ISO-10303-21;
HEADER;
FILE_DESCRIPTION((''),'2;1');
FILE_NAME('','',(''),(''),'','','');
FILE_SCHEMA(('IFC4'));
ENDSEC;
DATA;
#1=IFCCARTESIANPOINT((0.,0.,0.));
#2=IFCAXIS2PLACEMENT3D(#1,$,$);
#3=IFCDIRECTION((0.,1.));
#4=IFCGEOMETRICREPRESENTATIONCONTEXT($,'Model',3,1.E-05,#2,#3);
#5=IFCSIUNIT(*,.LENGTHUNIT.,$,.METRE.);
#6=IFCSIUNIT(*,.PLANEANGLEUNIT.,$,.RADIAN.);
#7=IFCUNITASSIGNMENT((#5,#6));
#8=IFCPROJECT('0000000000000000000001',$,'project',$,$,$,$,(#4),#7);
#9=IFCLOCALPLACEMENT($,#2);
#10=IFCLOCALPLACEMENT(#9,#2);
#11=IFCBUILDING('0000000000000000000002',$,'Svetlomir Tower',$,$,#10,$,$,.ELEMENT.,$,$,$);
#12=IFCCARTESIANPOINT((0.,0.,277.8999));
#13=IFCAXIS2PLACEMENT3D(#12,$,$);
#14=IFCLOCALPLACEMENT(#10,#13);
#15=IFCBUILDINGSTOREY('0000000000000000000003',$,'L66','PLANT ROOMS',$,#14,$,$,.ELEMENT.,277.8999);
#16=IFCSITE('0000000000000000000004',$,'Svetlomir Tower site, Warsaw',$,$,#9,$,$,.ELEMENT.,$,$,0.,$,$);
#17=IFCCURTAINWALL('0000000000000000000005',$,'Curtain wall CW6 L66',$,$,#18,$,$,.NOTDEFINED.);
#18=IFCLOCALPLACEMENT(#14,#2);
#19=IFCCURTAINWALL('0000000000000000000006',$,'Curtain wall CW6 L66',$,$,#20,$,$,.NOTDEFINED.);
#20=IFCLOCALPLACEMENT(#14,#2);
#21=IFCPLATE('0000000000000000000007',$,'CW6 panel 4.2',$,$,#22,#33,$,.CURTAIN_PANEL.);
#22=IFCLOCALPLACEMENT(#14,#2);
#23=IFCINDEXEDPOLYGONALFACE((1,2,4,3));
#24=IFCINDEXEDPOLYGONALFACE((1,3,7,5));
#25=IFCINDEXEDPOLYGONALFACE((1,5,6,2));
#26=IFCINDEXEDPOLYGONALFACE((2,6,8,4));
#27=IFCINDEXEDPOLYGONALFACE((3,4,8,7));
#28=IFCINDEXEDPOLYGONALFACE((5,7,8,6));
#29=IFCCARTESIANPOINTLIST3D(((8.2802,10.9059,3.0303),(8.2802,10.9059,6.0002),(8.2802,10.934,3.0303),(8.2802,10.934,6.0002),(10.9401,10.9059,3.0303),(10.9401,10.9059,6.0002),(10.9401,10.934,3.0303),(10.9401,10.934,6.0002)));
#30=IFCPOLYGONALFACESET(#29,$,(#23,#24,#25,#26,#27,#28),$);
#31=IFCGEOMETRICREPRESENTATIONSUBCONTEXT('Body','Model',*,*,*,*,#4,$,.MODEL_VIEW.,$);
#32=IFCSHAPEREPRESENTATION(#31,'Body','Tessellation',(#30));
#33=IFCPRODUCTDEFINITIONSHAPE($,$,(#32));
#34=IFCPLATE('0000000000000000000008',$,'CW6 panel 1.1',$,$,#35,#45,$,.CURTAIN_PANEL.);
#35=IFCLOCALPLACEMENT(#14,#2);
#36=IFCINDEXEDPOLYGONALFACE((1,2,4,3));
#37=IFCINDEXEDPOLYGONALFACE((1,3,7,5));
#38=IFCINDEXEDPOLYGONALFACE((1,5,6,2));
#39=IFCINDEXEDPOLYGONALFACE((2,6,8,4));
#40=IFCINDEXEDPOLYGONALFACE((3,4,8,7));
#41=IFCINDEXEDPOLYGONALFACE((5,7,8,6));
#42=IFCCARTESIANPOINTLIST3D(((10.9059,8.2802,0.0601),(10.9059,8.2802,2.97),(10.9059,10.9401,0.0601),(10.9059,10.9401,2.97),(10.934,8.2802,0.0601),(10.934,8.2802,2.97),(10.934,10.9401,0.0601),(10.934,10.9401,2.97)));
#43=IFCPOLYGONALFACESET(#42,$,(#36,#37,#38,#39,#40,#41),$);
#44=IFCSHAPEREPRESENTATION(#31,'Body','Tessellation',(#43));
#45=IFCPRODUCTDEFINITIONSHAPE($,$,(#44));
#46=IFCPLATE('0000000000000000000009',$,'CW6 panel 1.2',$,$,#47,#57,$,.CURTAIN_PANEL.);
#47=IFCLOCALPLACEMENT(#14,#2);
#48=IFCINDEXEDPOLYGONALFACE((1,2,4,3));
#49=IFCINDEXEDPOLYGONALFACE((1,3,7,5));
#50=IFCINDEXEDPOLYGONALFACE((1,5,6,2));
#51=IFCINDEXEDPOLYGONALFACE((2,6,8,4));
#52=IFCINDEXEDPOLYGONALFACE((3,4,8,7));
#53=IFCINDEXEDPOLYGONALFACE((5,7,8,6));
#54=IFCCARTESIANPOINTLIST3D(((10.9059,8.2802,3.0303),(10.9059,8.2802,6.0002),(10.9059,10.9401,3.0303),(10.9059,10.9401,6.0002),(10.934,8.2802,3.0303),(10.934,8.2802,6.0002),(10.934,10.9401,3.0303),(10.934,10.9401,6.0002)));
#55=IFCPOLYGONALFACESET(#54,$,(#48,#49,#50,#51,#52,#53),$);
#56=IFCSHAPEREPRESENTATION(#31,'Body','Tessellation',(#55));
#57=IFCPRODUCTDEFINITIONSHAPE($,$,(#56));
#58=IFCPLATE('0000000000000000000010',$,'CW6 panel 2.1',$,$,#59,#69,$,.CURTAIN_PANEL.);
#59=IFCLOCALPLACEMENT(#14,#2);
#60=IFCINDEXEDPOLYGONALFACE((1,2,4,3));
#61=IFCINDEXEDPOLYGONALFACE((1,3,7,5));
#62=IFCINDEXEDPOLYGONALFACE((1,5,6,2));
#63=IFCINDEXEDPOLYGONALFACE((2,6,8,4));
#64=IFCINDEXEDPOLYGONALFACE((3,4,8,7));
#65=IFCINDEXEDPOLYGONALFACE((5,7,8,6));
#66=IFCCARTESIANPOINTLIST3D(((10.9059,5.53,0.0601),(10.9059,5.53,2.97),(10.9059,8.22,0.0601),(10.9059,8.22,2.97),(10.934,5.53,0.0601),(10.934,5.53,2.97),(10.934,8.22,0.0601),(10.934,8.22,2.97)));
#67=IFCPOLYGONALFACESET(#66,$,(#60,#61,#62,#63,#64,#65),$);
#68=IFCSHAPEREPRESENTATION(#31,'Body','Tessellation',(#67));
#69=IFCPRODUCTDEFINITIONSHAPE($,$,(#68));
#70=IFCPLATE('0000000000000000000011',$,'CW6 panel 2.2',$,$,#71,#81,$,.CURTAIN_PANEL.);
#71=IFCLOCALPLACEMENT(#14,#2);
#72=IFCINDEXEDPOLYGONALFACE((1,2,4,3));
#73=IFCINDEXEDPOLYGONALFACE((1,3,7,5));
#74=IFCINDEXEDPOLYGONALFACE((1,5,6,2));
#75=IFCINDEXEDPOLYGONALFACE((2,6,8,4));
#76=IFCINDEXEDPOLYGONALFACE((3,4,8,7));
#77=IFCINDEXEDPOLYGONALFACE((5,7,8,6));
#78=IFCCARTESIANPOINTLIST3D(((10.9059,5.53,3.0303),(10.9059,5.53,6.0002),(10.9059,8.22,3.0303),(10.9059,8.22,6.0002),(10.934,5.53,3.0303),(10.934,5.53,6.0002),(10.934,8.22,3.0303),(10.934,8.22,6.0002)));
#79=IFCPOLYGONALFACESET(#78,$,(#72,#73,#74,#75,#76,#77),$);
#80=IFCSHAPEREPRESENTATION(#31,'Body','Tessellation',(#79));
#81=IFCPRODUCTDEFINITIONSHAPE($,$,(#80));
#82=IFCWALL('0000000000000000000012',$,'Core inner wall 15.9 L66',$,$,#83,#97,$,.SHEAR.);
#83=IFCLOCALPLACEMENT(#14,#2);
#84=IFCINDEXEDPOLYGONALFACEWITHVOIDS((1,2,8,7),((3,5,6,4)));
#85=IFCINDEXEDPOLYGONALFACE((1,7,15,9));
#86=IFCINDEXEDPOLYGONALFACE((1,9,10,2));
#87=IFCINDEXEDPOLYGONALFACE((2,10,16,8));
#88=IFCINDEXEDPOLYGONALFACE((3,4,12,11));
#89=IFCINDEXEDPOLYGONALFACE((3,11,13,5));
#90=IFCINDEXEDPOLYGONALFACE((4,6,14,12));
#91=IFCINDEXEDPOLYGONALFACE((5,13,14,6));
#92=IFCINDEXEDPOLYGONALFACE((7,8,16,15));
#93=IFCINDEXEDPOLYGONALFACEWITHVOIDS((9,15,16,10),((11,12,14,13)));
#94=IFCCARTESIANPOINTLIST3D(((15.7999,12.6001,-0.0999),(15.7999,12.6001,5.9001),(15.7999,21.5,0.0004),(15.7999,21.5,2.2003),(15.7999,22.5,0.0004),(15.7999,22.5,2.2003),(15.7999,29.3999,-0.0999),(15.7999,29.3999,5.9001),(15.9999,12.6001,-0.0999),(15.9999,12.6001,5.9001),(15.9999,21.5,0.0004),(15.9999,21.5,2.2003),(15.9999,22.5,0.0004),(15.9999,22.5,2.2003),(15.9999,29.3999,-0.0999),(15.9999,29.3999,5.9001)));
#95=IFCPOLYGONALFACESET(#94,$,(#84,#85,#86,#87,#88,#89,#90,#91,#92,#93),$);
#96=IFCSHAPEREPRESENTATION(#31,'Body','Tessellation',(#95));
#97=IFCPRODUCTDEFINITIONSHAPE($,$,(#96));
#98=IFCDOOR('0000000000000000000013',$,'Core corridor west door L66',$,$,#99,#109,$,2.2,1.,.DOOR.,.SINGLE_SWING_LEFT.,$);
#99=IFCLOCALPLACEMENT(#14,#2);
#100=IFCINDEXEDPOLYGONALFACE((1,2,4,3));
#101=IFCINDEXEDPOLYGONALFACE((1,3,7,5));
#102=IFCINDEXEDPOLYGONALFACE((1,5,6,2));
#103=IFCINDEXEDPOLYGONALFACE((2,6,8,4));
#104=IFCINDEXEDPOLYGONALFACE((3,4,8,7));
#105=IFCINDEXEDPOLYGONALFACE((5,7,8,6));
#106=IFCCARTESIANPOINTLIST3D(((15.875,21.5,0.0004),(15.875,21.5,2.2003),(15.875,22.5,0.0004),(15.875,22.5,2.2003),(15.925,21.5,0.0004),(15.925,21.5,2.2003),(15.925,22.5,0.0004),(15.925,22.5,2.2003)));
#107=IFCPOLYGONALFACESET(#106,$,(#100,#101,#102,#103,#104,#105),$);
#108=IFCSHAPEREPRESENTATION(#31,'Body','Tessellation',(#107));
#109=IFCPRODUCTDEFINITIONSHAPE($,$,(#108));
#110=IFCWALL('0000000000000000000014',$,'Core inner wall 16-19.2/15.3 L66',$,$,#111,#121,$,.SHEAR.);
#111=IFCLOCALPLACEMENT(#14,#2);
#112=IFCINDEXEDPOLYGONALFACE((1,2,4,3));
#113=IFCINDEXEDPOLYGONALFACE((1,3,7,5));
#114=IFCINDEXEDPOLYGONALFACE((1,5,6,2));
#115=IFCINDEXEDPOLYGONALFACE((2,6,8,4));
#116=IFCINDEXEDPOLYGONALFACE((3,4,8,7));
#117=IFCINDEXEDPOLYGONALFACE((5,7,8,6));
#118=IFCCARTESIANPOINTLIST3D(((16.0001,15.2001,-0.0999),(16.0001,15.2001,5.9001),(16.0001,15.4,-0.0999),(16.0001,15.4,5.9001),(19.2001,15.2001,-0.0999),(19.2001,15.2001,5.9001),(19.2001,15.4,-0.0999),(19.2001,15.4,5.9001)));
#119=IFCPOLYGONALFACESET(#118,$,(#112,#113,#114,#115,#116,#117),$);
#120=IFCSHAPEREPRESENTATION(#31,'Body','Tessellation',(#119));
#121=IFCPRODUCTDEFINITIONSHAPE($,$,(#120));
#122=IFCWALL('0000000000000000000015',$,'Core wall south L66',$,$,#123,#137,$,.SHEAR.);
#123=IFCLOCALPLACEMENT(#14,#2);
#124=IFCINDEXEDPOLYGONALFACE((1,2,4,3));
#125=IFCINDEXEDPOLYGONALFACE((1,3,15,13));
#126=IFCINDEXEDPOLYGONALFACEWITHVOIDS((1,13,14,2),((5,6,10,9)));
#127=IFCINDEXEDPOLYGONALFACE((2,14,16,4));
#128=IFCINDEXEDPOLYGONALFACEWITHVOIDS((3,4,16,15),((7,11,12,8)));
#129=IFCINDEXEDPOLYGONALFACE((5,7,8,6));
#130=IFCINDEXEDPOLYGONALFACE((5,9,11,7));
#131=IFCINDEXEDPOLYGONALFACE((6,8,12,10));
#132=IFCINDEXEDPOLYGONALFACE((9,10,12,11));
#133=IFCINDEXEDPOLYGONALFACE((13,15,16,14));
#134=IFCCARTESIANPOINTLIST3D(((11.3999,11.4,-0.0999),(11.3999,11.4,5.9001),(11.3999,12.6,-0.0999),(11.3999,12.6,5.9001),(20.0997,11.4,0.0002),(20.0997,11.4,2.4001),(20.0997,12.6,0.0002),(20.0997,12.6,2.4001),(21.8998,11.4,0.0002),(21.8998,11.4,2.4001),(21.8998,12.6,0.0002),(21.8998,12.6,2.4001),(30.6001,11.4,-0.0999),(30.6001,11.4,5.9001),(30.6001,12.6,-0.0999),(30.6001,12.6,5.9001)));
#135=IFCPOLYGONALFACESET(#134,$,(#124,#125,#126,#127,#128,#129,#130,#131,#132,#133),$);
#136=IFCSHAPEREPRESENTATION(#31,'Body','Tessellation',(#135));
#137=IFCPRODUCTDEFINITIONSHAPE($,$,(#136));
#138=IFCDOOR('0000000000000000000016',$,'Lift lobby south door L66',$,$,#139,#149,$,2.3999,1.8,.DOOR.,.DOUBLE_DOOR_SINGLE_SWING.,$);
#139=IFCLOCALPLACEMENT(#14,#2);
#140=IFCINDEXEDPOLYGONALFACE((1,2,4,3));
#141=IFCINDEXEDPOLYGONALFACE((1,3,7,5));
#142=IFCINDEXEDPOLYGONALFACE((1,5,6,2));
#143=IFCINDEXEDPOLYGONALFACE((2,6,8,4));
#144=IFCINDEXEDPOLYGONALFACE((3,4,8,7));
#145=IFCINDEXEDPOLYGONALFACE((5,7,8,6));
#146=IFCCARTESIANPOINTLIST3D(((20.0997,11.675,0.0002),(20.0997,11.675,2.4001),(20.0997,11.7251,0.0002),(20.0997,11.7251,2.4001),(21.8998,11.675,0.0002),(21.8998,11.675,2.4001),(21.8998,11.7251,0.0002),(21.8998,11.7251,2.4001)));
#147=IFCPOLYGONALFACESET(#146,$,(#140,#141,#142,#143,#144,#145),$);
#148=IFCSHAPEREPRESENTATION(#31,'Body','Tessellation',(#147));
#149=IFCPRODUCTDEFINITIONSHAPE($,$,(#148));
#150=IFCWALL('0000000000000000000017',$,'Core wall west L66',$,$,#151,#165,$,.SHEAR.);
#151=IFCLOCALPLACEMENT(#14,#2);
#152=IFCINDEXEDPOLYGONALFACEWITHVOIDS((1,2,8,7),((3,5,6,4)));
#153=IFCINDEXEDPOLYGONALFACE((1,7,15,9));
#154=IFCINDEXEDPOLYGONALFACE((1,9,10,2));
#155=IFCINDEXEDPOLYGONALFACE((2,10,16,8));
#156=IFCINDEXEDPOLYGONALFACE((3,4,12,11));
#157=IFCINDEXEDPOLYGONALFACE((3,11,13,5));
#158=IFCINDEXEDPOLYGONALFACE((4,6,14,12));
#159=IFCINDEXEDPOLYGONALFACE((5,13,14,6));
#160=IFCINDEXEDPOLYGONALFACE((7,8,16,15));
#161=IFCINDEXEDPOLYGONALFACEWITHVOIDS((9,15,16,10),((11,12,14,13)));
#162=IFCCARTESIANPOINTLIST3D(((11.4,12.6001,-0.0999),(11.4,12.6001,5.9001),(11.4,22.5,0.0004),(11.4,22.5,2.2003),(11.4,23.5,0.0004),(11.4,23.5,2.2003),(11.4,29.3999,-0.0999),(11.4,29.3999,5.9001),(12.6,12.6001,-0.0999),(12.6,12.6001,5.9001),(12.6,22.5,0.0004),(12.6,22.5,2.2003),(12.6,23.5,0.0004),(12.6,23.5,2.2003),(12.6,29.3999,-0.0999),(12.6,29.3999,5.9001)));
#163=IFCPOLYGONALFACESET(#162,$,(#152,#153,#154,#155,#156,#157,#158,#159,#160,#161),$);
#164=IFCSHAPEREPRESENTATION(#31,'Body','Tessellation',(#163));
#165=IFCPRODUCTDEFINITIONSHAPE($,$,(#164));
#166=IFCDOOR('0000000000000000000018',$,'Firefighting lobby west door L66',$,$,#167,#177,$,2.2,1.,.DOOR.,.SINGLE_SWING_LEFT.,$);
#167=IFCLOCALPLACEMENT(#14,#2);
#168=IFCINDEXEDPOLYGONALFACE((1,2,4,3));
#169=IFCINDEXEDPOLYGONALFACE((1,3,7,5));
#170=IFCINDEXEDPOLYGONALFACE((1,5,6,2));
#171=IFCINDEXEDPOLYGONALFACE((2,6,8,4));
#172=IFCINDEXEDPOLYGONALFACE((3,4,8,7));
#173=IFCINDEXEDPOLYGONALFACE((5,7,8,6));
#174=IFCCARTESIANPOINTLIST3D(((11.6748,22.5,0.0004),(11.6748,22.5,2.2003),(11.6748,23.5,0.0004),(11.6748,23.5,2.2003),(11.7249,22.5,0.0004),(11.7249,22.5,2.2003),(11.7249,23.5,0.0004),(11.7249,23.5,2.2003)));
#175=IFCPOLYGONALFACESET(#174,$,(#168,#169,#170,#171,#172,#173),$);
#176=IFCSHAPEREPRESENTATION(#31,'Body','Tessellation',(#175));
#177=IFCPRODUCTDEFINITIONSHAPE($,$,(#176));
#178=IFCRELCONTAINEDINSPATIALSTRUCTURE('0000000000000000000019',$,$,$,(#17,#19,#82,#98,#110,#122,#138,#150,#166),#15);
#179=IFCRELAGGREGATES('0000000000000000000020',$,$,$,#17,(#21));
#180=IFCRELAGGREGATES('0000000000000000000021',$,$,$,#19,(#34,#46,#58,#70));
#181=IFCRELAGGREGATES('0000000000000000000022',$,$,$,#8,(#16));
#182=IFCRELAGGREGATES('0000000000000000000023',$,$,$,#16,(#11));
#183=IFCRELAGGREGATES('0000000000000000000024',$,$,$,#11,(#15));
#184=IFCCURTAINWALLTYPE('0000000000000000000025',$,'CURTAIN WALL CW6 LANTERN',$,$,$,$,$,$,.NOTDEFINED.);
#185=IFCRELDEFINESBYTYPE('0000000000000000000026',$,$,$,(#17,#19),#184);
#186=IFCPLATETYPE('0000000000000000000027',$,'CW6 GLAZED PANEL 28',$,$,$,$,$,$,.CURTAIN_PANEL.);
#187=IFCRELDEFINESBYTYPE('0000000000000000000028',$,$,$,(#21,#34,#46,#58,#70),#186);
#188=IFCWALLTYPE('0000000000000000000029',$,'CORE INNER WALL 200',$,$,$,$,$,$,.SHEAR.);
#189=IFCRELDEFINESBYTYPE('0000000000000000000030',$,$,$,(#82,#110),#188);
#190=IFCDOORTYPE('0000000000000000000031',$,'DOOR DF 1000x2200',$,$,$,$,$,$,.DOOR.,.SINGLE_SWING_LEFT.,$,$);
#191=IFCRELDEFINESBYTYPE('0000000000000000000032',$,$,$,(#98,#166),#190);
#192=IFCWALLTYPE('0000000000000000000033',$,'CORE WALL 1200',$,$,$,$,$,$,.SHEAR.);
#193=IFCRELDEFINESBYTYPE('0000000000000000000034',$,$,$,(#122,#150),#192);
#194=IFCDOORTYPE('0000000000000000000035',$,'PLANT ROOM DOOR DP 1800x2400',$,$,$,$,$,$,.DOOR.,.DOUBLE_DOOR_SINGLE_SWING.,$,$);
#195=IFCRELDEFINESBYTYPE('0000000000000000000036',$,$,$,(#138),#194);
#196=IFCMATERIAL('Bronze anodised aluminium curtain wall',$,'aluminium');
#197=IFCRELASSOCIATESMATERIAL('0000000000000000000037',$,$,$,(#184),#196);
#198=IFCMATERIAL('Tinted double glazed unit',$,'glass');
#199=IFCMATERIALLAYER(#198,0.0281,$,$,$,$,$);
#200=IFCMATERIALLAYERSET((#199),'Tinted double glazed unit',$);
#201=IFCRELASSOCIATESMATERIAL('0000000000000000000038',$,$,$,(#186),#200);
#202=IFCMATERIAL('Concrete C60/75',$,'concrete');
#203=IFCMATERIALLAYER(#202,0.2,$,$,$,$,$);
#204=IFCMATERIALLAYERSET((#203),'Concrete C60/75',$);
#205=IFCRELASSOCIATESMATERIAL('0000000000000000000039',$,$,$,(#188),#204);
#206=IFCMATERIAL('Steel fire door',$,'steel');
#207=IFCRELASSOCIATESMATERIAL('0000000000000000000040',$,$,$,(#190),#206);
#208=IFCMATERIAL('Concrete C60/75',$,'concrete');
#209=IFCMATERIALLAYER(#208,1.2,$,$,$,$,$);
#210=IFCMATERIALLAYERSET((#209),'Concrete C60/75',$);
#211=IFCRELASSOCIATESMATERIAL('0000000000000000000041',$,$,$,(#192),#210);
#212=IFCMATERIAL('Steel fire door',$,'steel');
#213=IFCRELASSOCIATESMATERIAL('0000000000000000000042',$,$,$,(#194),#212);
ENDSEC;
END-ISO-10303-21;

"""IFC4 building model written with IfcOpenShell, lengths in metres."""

from ifc_helpers import new_model, si_unit, direction, frame, frame_2d, origin, origin_2d, place, context, subcontext, project, spatial, rectangle, extrude, material, layer, layer_set, type_object, element, fill, aggregate, save


model = new_model("IFC4")

# Units and contexts
model_context = context("Model", 3, precision=1e-05, world=origin(), true_north=direction((0.0, 1.0)))
body_context = subcontext(model_context, "Body", "Model", "MODEL_VIEW")
ifc_project = project(units=[si_unit("LENGTHUNIT", "METRE"), si_unit("PLANEANGLEUNIT", "RADIAN")], contexts=[model_context])

# Site, building, storey
site_placement = place(None, origin())
site = spatial("IfcSite", under=ifc_project, at=site_placement, Name="Svetlomir Tower site, Warsaw", CompositionType="ELEMENT", RefElevation=0.0)
building_placement = place(site_placement, origin())
building = spatial("IfcBuilding", under=site, at=building_placement, Name="Svetlomir Tower", CompositionType="ELEMENT")
storey_placement = place(building_placement, frame((0.0, 0.0, 277.8999)))
storey = spatial("IfcBuildingStorey", under=building, at=storey_placement, Name="L66", Description="PLANT ROOMS", CompositionType="ELEMENT", Elevation=277.8999)

# Curtain walls
ifc_material_1 = material(Name="Bronze anodised aluminium curtain wall", Category="aluminium")
curtain_wall_type = type_object("IfcCurtainWallType", Name="CURTAIN WALL CW6 LANTERN", PredefinedType="NOTDEFINED", material=ifc_material_1)
curtain_wall_1_placement = place(storey_placement, origin())
curtain_wall_1 = element("IfcCurtainWall", 1, at=curtain_wall_1_placement, inside=storey, type_object=curtain_wall_type, Name="Curtain wall CW6 L66", PredefinedType="NOTDEFINED")
curtain_wall_2_placement = place(storey_placement, origin())
curtain_wall_2 = element("IfcCurtainWall", 2, at=curtain_wall_2_placement, inside=storey, type_object=curtain_wall_type, Name="Curtain wall CW6 L66", PredefinedType="NOTDEFINED")

# Plates
ifc_material_2 = material(Name="Tinted double glazed unit", Category="glass")
ifc_layer_1 = layer(ifc_material_2, 0.0281)
ifc_layer_set_1 = layer_set([ifc_layer_1], Name="Tinted double glazed unit")
plate_type = type_object("IfcPlateType", Name="CW6 GLAZED PANEL 28", PredefinedType="CURTAIN_PANEL", material=ifc_layer_set_1)
plate_1_placement = place(storey_placement, frame((9.6101, 10.9199, 3.0303), z_axis=(0.0, 0.0, 1.0), x_axis=(1.0, 0.0, 0.0)))
plate_1 = element("IfcPlate", 3, at=plate_1_placement, type_object=plate_type, Name="CW6 panel 4.2", PredefinedType="CURTAIN_PANEL", context=body_context, shape_type="SweptSolid", body=[
    extrude(rectangle(XDim=2.6599, YDim=0.0281, at=origin_2d()), origin(), (0.0, 0.0, 1.0), 2.97),
])
aggregate(curtain_wall_1, [plate_1])
plate_2_placement = place(storey_placement, frame((10.9199, 9.6101, 0.0601), z_axis=(0.0, 0.0, 1.0), x_axis=(0.0, -1.0, 0.0)))
plate_2 = element("IfcPlate", 4, at=plate_2_placement, type_object=plate_type, Name="CW6 panel 1.1", PredefinedType="CURTAIN_PANEL", context=body_context, shape_type="SweptSolid", body=[
    extrude(rectangle(XDim=2.6599, YDim=0.0281, at=origin_2d()), origin(), (0.0, 0.0, 1.0), 2.9099),
])
plate_3_placement = place(storey_placement, frame((10.9199, 9.6101, 3.0303), z_axis=(0.0, 0.0, 1.0), x_axis=(0.0, -1.0, 0.0)))
plate_3 = element("IfcPlate", 5, at=plate_3_placement, type_object=plate_type, Name="CW6 panel 1.2", PredefinedType="CURTAIN_PANEL", context=body_context, shape_type="SweptSolid", body=[
    extrude(rectangle(XDim=2.6599, YDim=0.0281, at=origin_2d()), origin(), (0.0, 0.0, 1.0), 2.97),
])
plate_4_placement = place(storey_placement, frame((10.9199, 6.875, 0.0601), z_axis=(0.0, 0.0, 1.0), x_axis=(0.0, -1.0, 0.0)))
plate_4 = element("IfcPlate", 6, at=plate_4_placement, type_object=plate_type, Name="CW6 panel 2.1", PredefinedType="CURTAIN_PANEL", context=body_context, shape_type="SweptSolid", body=[
    extrude(rectangle(XDim=2.6899, YDim=0.0281, at=origin_2d()), origin(), (0.0, 0.0, 1.0), 2.9099),
])
plate_5_placement = place(storey_placement, frame((10.9199, 6.875, 3.0303), z_axis=(0.0, 0.0, 1.0), x_axis=(0.0, -1.0, 0.0)))
plate_5 = element("IfcPlate", 7, at=plate_5_placement, type_object=plate_type, Name="CW6 panel 2.2", PredefinedType="CURTAIN_PANEL", context=body_context, shape_type="SweptSolid", body=[
    extrude(rectangle(XDim=2.6899, YDim=0.0281, at=origin_2d()), origin(), (0.0, 0.0, 1.0), 2.97),
])
aggregate(curtain_wall_2, [plate_2, plate_3, plate_4, plate_5])

# Wall, opening, door
ifc_material_3 = material(Name="Concrete C60/75", Category="concrete")
ifc_layer_2 = layer(ifc_material_3, 0.2)
ifc_layer_set_2 = layer_set([ifc_layer_2], Name="Concrete C60/75")
wall_type_1 = type_object("IfcWallType", Name="CORE INNER WALL 200", PredefinedType="SHEAR", material=ifc_layer_set_2)
wall_1_placement = place(storey_placement, frame((15.8999, 12.6001, -0.0999), z_axis=(0.0, 0.0, 1.0), x_axis=(0.0, 1.0, 0.0)))
wall_1 = element("IfcWall", 8, at=wall_1_placement, inside=storey, type_object=wall_type_1, Name="Core inner wall 15.9 L66", PredefinedType="SHEAR", context=body_context, shape_type="SweptSolid", body=[
    extrude(rectangle(XDim=16.7998, YDim=0.2, at=frame_2d((8.3999, 0.0))), origin(), (0.0, 0.0, 1.0), 6.0),
])
opening_1_placement = place(wall_1_placement, frame((8.8999, 0.0, 0.1001)))
opening_1 = element("IfcOpeningElement", 9, at=opening_1_placement, cuts=wall_1, PredefinedType="OPENING", context=body_context, shape_type="SweptSolid", body=[
    extrude(rectangle(XDim=1.0, YDim=2.2, at=frame_2d((0.5, 1.1001))), frame((0.0, 0.1099, 0.0), z_axis=(0.0, -1.0, 0.0), x_axis=(1.0, 0.0, 0.0)), (0.0, 0.0, 1.0), 0.22),
])
ifc_material_4 = material(Name="Steel fire door", Category="steel")
door_type_1 = type_object("IfcDoorType", Name="DOOR DF 1000x2200", OperationType="SINGLE_SWING_LEFT", PredefinedType="DOOR", material=ifc_material_4)
door_1_placement = place(opening_1_placement, origin())
door_1 = element("IfcDoor", 10, at=door_1_placement, inside=storey, type_object=door_type_1, Name="Core corridor west door L66", OperationType="SINGLE_SWING_LEFT", OverallHeight=2.2, OverallWidth=1.0, PredefinedType="DOOR", context=body_context, shape_type="SweptSolid", body=[
    extrude(rectangle(XDim=1.0, YDim=2.2, at=frame_2d((0.5, 1.1001))), frame((0.0, 0.0249, 0.0), z_axis=(0.0, -1.0, 0.0), x_axis=(1.0, 0.0, 0.0)), (0.0, 0.0, 1.0), 0.05),
])
fill(opening_1, door_1)

# Wall
wall_2_placement = place(storey_placement, frame((16.0, 15.3, -0.0999), z_axis=(0.0, 0.0, 1.0), x_axis=(1.0, 0.0, 0.0)))
element("IfcWall", 11, at=wall_2_placement, inside=storey, type_object=wall_type_1, Name="Core inner wall 16-19.2/15.3 L66", PredefinedType="SHEAR", context=body_context, shape_type="SweptSolid", body=[
    extrude(rectangle(XDim=3.2, YDim=0.2, at=frame_2d((1.6001, 0.0))), origin(), (0.0, 0.0, 1.0), 6.0),
])

# Walls, openings, doors
ifc_material_5 = material(Name="Concrete C60/75", Category="concrete")
ifc_layer_3 = layer(ifc_material_5, 1.2)
ifc_layer_set_3 = layer_set([ifc_layer_3], Name="Concrete C60/75")
wall_type_2 = type_object("IfcWallType", Name="CORE WALL 1200", PredefinedType="SHEAR", material=ifc_layer_set_3)
wall_3_placement = place(storey_placement, frame((11.3999, 12.0, -0.0999), z_axis=(0.0, 0.0, 1.0), x_axis=(1.0, 0.0, 0.0)))
wall_3 = element("IfcWall", 12, at=wall_3_placement, inside=storey, type_object=wall_type_2, Name="Core wall south L66", PredefinedType="SHEAR", context=body_context, shape_type="SweptSolid", body=[
    extrude(rectangle(XDim=19.2002, YDim=1.2, at=frame_2d((9.6001, 0.0))), origin(), (0.0, 0.0, 1.0), 6.0),
])
opening_2_placement = place(wall_3_placement, frame((8.7, 0.0, 0.1001)))
opening_2 = element("IfcOpeningElement", 13, at=opening_2_placement, cuts=wall_3, PredefinedType="OPENING", context=body_context, shape_type="SweptSolid", body=[
    extrude(rectangle(XDim=1.8, YDim=2.3999, at=frame_2d((0.8999, 1.2))), frame((0.0, 0.6099, 0.0), z_axis=(0.0, -1.0, 0.0), x_axis=(1.0, 0.0, 0.0)), (0.0, 0.0, 1.0), 1.22),
])
ifc_material_6 = material(Name="Steel fire door", Category="steel")
door_type_2 = type_object("IfcDoorType", Name="PLANT ROOM DOOR DP 1800x2400", OperationType="DOUBLE_DOOR_SINGLE_SWING", PredefinedType="DOOR", material=ifc_material_6)
door_2_placement = place(opening_2_placement, origin())
door_2 = element("IfcDoor", 14, at=door_2_placement, inside=storey, type_object=door_type_2, Name="Lift lobby south door L66", OperationType="DOUBLE_DOOR_SINGLE_SWING", OverallHeight=2.3999, OverallWidth=1.8, PredefinedType="DOOR", context=body_context, shape_type="SweptSolid", body=[
    extrude(rectangle(XDim=1.8, YDim=2.3999, at=frame_2d((0.8999, 1.2))), frame((0.0, -0.2749, 0.0), z_axis=(0.0, -1.0, 0.0), x_axis=(1.0, 0.0, 0.0)), (0.0, 0.0, 1.0), 0.05),
])
fill(opening_2, door_2)
wall_4_placement = place(storey_placement, frame((12.0, 12.6001, -0.0999), z_axis=(0.0, 0.0, 1.0), x_axis=(0.0, 1.0, 0.0)))
wall_4 = element("IfcWall", 15, at=wall_4_placement, inside=storey, type_object=wall_type_2, Name="Core wall west L66", PredefinedType="SHEAR", context=body_context, shape_type="SweptSolid", body=[
    extrude(rectangle(XDim=16.7998, YDim=1.2, at=frame_2d((8.3999, 0.0))), origin(), (0.0, 0.0, 1.0), 6.0),
])
opening_3_placement = place(wall_4_placement, frame((9.8999, 0.0, 0.1001)))
opening_3 = element("IfcOpeningElement", 16, at=opening_3_placement, cuts=wall_4, PredefinedType="OPENING", context=body_context, shape_type="SweptSolid", body=[
    extrude(rectangle(XDim=1.0, YDim=2.2, at=frame_2d((0.5, 1.1001))), frame((0.0, 0.6099, 0.0), z_axis=(0.0, -1.0, 0.0), x_axis=(1.0, 0.0, 0.0)), (0.0, 0.0, 1.0), 1.22),
])
door_3_placement = place(opening_3_placement, origin())
door_3 = element("IfcDoor", 17, at=door_3_placement, inside=storey, type_object=door_type_1, Name="Firefighting lobby west door L66", OperationType="SINGLE_SWING_LEFT", OverallHeight=2.2, OverallWidth=1.0, PredefinedType="DOOR", context=body_context, shape_type="SweptSolid", body=[
    extrude(rectangle(XDim=1.0, YDim=2.2, at=frame_2d((0.5, 1.1001))), frame((0.0, 0.3252, 0.0), z_axis=(0.0, -1.0, 0.0), x_axis=(1.0, 0.0, 0.0)), (0.0, 0.0, 1.0), 0.05),
])
fill(opening_3, door_3)

save(model, "model.ifc")
